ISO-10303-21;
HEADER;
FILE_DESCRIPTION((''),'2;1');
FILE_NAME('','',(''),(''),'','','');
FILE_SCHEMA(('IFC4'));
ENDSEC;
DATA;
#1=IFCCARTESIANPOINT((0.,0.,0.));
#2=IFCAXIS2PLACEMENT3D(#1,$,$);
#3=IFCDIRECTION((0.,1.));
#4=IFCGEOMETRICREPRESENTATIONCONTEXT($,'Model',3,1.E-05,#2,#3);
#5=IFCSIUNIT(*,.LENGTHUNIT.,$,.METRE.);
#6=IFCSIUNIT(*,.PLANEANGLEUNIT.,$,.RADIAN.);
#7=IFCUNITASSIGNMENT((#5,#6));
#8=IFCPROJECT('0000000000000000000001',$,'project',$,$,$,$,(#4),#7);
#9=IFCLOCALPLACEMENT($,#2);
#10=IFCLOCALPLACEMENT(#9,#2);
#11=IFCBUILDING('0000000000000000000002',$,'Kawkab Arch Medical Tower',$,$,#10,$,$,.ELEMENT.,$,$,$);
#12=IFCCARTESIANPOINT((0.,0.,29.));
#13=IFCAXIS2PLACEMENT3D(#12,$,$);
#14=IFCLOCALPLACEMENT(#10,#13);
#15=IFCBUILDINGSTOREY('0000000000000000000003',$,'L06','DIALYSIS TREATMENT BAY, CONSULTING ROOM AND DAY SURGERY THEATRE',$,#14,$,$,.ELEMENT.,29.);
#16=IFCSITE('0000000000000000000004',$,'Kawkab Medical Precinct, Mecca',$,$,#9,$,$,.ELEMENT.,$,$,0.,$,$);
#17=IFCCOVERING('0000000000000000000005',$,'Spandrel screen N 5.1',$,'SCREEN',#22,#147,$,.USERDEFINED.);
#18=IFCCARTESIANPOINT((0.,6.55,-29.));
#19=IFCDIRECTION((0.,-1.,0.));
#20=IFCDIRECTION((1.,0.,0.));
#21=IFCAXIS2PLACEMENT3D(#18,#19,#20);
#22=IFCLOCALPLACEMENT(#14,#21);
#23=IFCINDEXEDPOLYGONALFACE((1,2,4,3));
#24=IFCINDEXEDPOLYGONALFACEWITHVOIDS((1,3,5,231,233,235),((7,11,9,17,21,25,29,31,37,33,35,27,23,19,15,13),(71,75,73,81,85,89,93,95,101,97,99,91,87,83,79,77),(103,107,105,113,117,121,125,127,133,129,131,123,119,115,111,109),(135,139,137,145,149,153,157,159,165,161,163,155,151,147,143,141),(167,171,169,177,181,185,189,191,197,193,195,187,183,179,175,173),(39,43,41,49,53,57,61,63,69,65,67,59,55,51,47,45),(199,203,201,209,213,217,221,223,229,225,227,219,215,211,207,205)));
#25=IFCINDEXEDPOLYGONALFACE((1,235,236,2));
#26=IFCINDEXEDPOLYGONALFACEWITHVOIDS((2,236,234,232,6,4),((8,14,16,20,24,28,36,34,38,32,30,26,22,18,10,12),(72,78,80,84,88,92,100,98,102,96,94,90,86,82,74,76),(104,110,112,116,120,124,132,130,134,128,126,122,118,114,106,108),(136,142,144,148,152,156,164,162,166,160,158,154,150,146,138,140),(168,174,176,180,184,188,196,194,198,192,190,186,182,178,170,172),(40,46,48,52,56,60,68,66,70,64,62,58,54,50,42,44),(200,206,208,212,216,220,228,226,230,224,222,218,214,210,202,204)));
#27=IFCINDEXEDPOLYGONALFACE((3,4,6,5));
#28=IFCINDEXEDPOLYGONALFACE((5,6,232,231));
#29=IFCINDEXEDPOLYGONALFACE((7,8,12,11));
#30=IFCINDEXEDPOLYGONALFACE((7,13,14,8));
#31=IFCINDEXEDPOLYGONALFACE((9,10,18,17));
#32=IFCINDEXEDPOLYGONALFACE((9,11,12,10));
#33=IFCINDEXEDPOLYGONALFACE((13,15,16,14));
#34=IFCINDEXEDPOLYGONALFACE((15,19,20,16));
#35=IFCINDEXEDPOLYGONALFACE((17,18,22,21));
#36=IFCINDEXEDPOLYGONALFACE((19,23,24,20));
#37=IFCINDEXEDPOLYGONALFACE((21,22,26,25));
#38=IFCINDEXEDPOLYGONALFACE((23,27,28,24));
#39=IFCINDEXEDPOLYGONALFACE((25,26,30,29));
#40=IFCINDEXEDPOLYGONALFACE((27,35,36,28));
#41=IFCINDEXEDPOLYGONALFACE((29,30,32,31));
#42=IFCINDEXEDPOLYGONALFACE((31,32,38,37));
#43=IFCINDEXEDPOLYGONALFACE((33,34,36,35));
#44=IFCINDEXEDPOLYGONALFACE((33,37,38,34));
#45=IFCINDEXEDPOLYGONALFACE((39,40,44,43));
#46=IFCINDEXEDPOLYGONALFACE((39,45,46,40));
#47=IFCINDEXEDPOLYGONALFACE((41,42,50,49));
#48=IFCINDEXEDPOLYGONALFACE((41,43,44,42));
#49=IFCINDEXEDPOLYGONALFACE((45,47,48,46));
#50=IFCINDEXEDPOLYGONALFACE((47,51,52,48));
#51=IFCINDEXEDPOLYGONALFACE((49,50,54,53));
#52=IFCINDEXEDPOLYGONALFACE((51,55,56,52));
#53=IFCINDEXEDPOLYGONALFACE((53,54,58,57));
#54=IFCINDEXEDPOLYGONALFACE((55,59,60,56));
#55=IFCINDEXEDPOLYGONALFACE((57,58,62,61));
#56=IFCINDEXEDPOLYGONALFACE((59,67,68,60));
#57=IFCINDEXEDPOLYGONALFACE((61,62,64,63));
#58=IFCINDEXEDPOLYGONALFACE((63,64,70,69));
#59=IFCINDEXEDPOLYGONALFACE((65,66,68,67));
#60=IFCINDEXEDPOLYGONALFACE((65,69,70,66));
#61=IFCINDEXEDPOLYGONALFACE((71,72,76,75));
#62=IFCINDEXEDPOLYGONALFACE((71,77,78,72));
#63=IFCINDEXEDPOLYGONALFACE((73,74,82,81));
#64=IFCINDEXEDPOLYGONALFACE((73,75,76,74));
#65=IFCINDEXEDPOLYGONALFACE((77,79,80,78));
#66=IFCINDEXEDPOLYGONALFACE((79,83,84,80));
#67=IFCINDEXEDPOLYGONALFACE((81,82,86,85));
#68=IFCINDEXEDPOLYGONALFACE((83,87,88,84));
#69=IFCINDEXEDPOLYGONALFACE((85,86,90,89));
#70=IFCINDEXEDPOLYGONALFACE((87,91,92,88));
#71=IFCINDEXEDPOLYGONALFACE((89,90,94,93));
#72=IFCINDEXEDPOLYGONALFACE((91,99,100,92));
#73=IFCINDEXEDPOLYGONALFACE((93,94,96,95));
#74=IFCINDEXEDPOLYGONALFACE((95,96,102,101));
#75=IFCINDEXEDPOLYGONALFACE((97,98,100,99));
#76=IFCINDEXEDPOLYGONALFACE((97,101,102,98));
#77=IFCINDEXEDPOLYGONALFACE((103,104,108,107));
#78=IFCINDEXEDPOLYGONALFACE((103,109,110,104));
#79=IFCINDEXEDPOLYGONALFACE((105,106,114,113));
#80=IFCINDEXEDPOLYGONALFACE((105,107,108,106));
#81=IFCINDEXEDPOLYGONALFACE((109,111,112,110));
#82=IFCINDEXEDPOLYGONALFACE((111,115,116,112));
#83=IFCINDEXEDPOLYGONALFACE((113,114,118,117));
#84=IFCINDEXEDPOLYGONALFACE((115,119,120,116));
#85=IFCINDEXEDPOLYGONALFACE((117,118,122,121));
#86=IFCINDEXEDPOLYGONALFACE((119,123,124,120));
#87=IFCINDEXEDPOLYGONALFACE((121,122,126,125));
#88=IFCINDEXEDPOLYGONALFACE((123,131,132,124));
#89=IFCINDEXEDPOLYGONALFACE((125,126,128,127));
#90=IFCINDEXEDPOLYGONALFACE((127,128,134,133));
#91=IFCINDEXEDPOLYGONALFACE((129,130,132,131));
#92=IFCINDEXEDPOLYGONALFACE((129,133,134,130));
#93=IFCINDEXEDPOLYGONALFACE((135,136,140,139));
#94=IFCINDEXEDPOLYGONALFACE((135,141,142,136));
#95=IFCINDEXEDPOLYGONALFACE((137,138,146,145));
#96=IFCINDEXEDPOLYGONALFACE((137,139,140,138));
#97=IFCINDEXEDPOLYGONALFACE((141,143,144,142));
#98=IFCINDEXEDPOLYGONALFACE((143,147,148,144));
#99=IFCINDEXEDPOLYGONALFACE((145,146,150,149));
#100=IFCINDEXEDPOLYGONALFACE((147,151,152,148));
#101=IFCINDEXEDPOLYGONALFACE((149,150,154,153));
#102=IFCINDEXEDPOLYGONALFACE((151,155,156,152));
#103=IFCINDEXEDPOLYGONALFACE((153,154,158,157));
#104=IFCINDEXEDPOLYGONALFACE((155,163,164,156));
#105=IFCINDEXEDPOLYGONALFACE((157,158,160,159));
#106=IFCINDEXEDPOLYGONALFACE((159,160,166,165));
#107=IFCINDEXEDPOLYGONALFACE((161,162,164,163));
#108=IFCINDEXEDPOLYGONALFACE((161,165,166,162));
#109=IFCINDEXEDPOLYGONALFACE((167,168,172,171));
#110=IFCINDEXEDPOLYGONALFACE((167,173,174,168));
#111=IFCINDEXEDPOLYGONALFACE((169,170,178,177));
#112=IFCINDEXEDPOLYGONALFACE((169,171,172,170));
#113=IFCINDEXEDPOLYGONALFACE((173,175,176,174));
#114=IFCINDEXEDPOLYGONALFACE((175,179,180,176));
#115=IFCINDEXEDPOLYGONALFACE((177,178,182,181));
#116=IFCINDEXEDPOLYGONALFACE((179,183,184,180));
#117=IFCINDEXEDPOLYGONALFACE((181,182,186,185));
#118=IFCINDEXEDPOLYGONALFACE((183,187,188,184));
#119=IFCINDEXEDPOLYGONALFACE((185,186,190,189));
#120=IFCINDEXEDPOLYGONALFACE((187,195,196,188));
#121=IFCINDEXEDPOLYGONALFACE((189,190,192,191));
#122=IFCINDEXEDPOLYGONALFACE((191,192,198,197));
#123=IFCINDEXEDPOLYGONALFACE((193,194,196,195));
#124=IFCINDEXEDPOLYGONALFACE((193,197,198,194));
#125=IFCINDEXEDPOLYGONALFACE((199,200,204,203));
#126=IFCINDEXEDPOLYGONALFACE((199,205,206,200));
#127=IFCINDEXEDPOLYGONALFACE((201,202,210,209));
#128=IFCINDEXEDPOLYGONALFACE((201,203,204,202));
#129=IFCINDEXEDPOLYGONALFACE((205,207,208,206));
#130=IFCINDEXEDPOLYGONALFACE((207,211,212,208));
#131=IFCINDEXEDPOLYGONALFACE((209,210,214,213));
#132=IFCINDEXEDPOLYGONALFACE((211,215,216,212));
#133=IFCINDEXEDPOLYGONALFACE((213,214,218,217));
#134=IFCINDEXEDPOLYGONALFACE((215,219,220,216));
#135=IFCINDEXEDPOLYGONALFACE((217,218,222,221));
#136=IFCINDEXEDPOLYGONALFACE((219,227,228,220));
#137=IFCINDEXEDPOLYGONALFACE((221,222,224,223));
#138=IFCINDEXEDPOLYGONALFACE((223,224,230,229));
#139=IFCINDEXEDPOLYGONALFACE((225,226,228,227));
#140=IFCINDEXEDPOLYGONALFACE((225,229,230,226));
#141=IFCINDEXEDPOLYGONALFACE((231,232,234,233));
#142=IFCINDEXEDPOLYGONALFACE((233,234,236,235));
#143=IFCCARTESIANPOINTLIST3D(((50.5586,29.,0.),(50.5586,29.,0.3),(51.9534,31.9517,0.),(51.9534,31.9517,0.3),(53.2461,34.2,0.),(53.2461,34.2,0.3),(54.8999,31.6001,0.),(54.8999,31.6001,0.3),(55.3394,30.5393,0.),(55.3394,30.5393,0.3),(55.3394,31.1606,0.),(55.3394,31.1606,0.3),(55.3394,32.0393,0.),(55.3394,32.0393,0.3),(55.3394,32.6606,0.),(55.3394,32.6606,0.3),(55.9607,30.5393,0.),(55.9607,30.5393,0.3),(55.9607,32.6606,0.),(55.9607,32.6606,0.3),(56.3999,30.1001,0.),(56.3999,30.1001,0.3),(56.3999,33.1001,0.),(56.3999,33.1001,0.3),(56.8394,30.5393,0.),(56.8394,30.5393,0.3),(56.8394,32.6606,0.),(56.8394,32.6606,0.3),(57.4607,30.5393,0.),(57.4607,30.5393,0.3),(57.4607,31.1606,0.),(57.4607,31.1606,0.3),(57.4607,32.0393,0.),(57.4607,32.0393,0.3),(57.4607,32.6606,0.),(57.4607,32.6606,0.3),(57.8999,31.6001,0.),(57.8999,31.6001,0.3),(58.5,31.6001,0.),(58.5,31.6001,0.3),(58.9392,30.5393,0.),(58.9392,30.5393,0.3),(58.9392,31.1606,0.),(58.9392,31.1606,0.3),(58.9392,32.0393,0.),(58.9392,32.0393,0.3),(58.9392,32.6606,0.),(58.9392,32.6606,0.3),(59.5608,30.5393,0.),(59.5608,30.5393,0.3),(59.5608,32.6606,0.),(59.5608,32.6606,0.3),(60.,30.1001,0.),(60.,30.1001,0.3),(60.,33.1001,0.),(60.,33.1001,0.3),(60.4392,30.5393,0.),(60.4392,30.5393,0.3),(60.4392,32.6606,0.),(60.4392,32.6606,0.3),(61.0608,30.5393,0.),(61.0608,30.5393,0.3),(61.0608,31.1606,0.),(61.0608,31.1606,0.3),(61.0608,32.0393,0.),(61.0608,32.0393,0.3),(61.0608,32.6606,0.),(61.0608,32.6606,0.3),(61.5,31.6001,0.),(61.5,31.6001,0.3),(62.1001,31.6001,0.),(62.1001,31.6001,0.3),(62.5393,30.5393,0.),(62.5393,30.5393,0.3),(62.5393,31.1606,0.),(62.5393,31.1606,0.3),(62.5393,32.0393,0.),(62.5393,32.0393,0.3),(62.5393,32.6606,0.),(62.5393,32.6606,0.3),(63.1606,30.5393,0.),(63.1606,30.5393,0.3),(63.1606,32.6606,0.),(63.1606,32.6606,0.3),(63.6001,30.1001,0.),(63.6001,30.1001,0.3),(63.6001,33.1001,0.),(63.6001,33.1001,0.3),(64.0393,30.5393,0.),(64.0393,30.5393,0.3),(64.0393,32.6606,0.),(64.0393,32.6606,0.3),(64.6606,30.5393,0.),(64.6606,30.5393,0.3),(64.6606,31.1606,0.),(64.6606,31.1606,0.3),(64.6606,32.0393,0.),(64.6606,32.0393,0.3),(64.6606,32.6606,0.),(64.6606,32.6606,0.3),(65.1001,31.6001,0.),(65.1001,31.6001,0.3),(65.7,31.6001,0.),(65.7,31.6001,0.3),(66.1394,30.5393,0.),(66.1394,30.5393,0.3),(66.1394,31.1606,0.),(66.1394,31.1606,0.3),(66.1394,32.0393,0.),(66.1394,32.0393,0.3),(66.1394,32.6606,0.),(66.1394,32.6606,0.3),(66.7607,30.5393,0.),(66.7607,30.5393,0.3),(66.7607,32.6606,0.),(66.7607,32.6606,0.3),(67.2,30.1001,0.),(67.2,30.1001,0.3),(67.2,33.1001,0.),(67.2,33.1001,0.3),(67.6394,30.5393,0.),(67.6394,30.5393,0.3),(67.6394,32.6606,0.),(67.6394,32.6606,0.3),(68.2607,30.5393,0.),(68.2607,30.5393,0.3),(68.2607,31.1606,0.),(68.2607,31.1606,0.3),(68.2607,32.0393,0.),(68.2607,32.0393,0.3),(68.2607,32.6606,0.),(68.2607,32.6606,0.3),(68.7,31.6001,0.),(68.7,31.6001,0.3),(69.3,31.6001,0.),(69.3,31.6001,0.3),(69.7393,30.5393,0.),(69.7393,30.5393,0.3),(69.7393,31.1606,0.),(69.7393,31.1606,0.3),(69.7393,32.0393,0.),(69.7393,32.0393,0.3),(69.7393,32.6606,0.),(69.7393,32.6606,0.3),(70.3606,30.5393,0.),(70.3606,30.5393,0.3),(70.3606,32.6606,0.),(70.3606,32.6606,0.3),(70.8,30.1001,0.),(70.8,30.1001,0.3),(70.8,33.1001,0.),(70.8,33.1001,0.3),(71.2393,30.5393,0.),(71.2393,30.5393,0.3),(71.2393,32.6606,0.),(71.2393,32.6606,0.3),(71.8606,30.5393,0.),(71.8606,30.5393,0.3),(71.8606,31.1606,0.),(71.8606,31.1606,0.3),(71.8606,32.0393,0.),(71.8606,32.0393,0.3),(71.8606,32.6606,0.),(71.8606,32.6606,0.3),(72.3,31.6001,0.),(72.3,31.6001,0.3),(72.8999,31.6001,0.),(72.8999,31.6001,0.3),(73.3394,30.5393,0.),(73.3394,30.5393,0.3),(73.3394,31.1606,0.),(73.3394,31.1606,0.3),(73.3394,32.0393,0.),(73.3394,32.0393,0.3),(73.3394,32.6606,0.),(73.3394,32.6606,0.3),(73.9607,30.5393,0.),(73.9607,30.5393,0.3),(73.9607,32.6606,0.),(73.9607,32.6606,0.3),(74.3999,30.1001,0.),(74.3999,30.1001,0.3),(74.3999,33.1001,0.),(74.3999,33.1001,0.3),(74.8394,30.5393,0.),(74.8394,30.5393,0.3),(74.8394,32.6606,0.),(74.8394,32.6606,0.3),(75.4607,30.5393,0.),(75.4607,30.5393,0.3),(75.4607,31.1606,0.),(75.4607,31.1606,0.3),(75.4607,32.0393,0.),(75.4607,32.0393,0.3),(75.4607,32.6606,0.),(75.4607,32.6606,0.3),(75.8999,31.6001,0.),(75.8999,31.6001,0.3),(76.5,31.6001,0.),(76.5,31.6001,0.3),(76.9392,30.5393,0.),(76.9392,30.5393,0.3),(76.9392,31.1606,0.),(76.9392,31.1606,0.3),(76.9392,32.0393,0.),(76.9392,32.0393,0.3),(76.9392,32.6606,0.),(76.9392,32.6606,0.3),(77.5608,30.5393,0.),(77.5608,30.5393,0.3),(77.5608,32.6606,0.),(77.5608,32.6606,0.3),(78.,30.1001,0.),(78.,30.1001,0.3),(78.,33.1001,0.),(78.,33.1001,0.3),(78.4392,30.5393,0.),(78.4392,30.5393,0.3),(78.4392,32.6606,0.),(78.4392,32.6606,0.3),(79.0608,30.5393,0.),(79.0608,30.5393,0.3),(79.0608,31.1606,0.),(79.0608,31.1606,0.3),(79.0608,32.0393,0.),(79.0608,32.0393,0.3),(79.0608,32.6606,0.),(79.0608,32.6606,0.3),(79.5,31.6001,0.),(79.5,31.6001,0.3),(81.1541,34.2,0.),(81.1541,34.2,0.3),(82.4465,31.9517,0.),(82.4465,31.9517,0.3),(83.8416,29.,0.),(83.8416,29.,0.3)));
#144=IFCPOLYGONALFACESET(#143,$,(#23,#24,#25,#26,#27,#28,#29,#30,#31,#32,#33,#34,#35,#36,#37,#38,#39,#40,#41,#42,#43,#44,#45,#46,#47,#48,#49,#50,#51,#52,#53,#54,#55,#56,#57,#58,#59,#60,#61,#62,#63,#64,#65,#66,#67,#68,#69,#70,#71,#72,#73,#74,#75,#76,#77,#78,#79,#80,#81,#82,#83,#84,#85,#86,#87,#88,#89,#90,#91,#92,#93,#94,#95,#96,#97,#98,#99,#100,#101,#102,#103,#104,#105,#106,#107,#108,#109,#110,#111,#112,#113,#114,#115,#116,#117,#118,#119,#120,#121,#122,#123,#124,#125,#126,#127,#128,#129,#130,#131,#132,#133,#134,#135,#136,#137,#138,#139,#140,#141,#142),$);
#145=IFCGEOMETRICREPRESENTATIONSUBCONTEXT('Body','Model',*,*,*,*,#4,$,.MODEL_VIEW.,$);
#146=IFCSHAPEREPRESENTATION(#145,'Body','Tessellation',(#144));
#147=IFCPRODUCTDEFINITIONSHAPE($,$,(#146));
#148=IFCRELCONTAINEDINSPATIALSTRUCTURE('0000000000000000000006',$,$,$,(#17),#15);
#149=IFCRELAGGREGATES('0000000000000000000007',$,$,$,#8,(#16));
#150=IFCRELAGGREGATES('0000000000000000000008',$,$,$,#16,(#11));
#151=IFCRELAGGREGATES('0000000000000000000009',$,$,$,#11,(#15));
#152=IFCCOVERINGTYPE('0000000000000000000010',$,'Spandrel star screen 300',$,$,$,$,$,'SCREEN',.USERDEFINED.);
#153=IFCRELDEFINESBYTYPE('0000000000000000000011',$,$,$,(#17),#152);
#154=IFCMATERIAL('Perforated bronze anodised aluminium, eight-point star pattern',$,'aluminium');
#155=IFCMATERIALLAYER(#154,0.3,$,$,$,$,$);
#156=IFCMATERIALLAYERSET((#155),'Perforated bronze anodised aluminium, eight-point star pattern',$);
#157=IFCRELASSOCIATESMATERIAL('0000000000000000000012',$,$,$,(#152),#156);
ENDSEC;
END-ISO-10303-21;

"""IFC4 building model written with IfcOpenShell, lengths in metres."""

from ifc_helpers import new_model, si_unit, direction, frame, origin, place, context, subcontext, project, spatial, polyline, outline, extrude, material, layer, layer_set, type_object, element, save


model = new_model("IFC4")

# Units and contexts
model_context = context("Model", 3, precision=1e-05, world=origin(), true_north=direction((0.0, 1.0)))
body_context = subcontext(model_context, "Body", "Model", "MODEL_VIEW")
ifc_project = project(units=[si_unit("LENGTHUNIT", "METRE"), si_unit("PLANEANGLEUNIT", "RADIAN")], contexts=[model_context])

# Site, building, storey
site_placement = place(None, origin())
site = spatial("IfcSite", under=ifc_project, at=site_placement, Name="Kawkab Medical Precinct, Mecca", CompositionType="ELEMENT", RefElevation=0.0)
building_placement = place(site_placement, origin())
building = spatial("IfcBuilding", under=site, at=building_placement, Name="Kawkab Arch Medical Tower", CompositionType="ELEMENT")
storey_placement = place(building_placement, frame((0.0, 0.0, 29.0)))
storey = spatial("IfcBuildingStorey", under=building, at=storey_placement, Name="L06", Description="DIALYSIS TREATMENT BAY, CONSULTING ROOM AND DAY SURGERY THEATRE", CompositionType="ELEMENT", Elevation=29.0)

# Covering
ifc_material_1 = material(Name="Perforated bronze anodised aluminium, eight-point star pattern", Category="aluminium")
ifc_layer_1 = layer(ifc_material_1, 0.3)
ifc_layer_set_1 = layer_set([ifc_layer_1], Name="Perforated bronze anodised aluminium, eight-point star pattern")
covering_type = type_object("IfcCoveringType", Name="Spandrel star screen 300", ElementType="SCREEN", PredefinedType="USERDEFINED", material=ifc_layer_set_1)
covering_placement = place(storey_placement, frame((0.0, 6.55, -29.0), z_axis=(0.0, -1.0, 0.0), x_axis=(1.0, 0.0, 0.0)))
element("IfcCovering", 1, at=covering_placement, inside=storey, type_object=covering_type, Name="Spandrel screen N 5.1", ObjectType="SCREEN", PredefinedType="USERDEFINED", context=body_context, shape_type="SweptSolid", body=[
    extrude(outline(polyline([(50.5586, 29.0), (83.8416, 29.0), (82.4465, 31.9517), (81.1541, 34.2), (53.2461, 34.2), (51.9534, 31.9517), (50.5586, 29.0)]), holes=[polyline([(57.8999, 31.6001), (57.4607, 32.0393), (57.4607, 32.6606), (56.8394, 32.6606), (56.3999, 33.1001), (55.9607, 32.6606), (55.3394, 32.6606), (55.3394, 32.0393), (54.8999, 31.6001), (55.3394, 31.1606), (55.3394, 30.5393), (55.9607, 30.5393), (56.3999, 30.1001), (56.8394, 30.5393), (57.4607, 30.5393), (57.4607, 31.1606), (57.8999, 31.6001)]), polyline([(61.5, 31.6001), (61.0608, 32.0393), (61.0608, 32.6606), (60.4392, 32.6606), (60.0, 33.1001), (59.5608, 32.6606), (58.9392, 32.6606), (58.9392, 32.0393), (58.5, 31.6001), (58.9392, 31.1606), (58.9392, 30.5393), (59.5608, 30.5393), (60.0, 30.1001), (60.4392, 30.5393), (61.0608, 30.5393), (61.0608, 31.1606), (61.5, 31.6001)]), polyline([(65.1001, 31.6001), (64.6606, 32.0393), (64.6606, 32.6606), (64.0393, 32.6606), (63.6001, 33.1001), (63.1606, 32.6606), (62.5393, 32.6606), (62.5393, 32.0393), (62.1001, 31.6001), (62.5393, 31.1606), (62.5393, 30.5393), (63.1606, 30.5393), (63.6001, 30.1001), (64.0393, 30.5393), (64.6606, 30.5393), (64.6606, 31.1606), (65.1001, 31.6001)]), polyline([(68.7, 31.6001), (68.2607, 32.0393), (68.2607, 32.6606), (67.6394, 32.6606), (67.2, 33.1001), (66.7607, 32.6606), (66.1394, 32.6606), (66.1394, 32.0393), (65.7, 31.6001), (66.1394, 31.1606), (66.1394, 30.5393), (66.7607, 30.5393), (67.2, 30.1001), (67.6394, 30.5393), (68.2607, 30.5393), (68.2607, 31.1606), (68.7, 31.6001)]), polyline([(72.3, 31.6001), (71.8606, 32.0393), (71.8606, 32.6606), (71.2393, 32.6606), (70.8, 33.1001), (70.3606, 32.6606), (69.7393, 32.6606), (69.7393, 32.0393), (69.3, 31.6001), (69.7393, 31.1606), (69.7393, 30.5393), (70.3606, 30.5393), (70.8, 30.1001), (71.2393, 30.5393), (71.8606, 30.5393), (71.8606, 31.1606), (72.3, 31.6001)]), polyline([(75.8999, 31.6001), (75.4607, 32.0393), (75.4607, 32.6606), (74.8394, 32.6606), (74.3999, 33.1001), (73.9607, 32.6606), (73.3394, 32.6606), (73.3394, 32.0393), (72.8999, 31.6001), (73.3394, 31.1606), (73.3394, 30.5393), (73.9607, 30.5393), (74.3999, 30.1001), (74.8394, 30.5393), (75.4607, 30.5393), (75.4607, 31.1606), (75.8999, 31.6001)]), polyline([(79.5, 31.6001), (79.0608, 32.0393), (79.0608, 32.6606), (78.4392, 32.6606), (78.0, 33.1001), (77.5608, 32.6606), (76.9392, 32.6606), (76.9392, 32.0393), (76.5, 31.6001), (76.9392, 31.1606), (76.9392, 30.5393), (77.5608, 30.5393), (78.0, 30.1001), (78.4392, 30.5393), (79.0608, 30.5393), (79.0608, 31.1606), (79.5, 31.6001)])]), origin(), (0.0, 0.0, 1.0), 0.3),
])

save(model, "model.ifc")
